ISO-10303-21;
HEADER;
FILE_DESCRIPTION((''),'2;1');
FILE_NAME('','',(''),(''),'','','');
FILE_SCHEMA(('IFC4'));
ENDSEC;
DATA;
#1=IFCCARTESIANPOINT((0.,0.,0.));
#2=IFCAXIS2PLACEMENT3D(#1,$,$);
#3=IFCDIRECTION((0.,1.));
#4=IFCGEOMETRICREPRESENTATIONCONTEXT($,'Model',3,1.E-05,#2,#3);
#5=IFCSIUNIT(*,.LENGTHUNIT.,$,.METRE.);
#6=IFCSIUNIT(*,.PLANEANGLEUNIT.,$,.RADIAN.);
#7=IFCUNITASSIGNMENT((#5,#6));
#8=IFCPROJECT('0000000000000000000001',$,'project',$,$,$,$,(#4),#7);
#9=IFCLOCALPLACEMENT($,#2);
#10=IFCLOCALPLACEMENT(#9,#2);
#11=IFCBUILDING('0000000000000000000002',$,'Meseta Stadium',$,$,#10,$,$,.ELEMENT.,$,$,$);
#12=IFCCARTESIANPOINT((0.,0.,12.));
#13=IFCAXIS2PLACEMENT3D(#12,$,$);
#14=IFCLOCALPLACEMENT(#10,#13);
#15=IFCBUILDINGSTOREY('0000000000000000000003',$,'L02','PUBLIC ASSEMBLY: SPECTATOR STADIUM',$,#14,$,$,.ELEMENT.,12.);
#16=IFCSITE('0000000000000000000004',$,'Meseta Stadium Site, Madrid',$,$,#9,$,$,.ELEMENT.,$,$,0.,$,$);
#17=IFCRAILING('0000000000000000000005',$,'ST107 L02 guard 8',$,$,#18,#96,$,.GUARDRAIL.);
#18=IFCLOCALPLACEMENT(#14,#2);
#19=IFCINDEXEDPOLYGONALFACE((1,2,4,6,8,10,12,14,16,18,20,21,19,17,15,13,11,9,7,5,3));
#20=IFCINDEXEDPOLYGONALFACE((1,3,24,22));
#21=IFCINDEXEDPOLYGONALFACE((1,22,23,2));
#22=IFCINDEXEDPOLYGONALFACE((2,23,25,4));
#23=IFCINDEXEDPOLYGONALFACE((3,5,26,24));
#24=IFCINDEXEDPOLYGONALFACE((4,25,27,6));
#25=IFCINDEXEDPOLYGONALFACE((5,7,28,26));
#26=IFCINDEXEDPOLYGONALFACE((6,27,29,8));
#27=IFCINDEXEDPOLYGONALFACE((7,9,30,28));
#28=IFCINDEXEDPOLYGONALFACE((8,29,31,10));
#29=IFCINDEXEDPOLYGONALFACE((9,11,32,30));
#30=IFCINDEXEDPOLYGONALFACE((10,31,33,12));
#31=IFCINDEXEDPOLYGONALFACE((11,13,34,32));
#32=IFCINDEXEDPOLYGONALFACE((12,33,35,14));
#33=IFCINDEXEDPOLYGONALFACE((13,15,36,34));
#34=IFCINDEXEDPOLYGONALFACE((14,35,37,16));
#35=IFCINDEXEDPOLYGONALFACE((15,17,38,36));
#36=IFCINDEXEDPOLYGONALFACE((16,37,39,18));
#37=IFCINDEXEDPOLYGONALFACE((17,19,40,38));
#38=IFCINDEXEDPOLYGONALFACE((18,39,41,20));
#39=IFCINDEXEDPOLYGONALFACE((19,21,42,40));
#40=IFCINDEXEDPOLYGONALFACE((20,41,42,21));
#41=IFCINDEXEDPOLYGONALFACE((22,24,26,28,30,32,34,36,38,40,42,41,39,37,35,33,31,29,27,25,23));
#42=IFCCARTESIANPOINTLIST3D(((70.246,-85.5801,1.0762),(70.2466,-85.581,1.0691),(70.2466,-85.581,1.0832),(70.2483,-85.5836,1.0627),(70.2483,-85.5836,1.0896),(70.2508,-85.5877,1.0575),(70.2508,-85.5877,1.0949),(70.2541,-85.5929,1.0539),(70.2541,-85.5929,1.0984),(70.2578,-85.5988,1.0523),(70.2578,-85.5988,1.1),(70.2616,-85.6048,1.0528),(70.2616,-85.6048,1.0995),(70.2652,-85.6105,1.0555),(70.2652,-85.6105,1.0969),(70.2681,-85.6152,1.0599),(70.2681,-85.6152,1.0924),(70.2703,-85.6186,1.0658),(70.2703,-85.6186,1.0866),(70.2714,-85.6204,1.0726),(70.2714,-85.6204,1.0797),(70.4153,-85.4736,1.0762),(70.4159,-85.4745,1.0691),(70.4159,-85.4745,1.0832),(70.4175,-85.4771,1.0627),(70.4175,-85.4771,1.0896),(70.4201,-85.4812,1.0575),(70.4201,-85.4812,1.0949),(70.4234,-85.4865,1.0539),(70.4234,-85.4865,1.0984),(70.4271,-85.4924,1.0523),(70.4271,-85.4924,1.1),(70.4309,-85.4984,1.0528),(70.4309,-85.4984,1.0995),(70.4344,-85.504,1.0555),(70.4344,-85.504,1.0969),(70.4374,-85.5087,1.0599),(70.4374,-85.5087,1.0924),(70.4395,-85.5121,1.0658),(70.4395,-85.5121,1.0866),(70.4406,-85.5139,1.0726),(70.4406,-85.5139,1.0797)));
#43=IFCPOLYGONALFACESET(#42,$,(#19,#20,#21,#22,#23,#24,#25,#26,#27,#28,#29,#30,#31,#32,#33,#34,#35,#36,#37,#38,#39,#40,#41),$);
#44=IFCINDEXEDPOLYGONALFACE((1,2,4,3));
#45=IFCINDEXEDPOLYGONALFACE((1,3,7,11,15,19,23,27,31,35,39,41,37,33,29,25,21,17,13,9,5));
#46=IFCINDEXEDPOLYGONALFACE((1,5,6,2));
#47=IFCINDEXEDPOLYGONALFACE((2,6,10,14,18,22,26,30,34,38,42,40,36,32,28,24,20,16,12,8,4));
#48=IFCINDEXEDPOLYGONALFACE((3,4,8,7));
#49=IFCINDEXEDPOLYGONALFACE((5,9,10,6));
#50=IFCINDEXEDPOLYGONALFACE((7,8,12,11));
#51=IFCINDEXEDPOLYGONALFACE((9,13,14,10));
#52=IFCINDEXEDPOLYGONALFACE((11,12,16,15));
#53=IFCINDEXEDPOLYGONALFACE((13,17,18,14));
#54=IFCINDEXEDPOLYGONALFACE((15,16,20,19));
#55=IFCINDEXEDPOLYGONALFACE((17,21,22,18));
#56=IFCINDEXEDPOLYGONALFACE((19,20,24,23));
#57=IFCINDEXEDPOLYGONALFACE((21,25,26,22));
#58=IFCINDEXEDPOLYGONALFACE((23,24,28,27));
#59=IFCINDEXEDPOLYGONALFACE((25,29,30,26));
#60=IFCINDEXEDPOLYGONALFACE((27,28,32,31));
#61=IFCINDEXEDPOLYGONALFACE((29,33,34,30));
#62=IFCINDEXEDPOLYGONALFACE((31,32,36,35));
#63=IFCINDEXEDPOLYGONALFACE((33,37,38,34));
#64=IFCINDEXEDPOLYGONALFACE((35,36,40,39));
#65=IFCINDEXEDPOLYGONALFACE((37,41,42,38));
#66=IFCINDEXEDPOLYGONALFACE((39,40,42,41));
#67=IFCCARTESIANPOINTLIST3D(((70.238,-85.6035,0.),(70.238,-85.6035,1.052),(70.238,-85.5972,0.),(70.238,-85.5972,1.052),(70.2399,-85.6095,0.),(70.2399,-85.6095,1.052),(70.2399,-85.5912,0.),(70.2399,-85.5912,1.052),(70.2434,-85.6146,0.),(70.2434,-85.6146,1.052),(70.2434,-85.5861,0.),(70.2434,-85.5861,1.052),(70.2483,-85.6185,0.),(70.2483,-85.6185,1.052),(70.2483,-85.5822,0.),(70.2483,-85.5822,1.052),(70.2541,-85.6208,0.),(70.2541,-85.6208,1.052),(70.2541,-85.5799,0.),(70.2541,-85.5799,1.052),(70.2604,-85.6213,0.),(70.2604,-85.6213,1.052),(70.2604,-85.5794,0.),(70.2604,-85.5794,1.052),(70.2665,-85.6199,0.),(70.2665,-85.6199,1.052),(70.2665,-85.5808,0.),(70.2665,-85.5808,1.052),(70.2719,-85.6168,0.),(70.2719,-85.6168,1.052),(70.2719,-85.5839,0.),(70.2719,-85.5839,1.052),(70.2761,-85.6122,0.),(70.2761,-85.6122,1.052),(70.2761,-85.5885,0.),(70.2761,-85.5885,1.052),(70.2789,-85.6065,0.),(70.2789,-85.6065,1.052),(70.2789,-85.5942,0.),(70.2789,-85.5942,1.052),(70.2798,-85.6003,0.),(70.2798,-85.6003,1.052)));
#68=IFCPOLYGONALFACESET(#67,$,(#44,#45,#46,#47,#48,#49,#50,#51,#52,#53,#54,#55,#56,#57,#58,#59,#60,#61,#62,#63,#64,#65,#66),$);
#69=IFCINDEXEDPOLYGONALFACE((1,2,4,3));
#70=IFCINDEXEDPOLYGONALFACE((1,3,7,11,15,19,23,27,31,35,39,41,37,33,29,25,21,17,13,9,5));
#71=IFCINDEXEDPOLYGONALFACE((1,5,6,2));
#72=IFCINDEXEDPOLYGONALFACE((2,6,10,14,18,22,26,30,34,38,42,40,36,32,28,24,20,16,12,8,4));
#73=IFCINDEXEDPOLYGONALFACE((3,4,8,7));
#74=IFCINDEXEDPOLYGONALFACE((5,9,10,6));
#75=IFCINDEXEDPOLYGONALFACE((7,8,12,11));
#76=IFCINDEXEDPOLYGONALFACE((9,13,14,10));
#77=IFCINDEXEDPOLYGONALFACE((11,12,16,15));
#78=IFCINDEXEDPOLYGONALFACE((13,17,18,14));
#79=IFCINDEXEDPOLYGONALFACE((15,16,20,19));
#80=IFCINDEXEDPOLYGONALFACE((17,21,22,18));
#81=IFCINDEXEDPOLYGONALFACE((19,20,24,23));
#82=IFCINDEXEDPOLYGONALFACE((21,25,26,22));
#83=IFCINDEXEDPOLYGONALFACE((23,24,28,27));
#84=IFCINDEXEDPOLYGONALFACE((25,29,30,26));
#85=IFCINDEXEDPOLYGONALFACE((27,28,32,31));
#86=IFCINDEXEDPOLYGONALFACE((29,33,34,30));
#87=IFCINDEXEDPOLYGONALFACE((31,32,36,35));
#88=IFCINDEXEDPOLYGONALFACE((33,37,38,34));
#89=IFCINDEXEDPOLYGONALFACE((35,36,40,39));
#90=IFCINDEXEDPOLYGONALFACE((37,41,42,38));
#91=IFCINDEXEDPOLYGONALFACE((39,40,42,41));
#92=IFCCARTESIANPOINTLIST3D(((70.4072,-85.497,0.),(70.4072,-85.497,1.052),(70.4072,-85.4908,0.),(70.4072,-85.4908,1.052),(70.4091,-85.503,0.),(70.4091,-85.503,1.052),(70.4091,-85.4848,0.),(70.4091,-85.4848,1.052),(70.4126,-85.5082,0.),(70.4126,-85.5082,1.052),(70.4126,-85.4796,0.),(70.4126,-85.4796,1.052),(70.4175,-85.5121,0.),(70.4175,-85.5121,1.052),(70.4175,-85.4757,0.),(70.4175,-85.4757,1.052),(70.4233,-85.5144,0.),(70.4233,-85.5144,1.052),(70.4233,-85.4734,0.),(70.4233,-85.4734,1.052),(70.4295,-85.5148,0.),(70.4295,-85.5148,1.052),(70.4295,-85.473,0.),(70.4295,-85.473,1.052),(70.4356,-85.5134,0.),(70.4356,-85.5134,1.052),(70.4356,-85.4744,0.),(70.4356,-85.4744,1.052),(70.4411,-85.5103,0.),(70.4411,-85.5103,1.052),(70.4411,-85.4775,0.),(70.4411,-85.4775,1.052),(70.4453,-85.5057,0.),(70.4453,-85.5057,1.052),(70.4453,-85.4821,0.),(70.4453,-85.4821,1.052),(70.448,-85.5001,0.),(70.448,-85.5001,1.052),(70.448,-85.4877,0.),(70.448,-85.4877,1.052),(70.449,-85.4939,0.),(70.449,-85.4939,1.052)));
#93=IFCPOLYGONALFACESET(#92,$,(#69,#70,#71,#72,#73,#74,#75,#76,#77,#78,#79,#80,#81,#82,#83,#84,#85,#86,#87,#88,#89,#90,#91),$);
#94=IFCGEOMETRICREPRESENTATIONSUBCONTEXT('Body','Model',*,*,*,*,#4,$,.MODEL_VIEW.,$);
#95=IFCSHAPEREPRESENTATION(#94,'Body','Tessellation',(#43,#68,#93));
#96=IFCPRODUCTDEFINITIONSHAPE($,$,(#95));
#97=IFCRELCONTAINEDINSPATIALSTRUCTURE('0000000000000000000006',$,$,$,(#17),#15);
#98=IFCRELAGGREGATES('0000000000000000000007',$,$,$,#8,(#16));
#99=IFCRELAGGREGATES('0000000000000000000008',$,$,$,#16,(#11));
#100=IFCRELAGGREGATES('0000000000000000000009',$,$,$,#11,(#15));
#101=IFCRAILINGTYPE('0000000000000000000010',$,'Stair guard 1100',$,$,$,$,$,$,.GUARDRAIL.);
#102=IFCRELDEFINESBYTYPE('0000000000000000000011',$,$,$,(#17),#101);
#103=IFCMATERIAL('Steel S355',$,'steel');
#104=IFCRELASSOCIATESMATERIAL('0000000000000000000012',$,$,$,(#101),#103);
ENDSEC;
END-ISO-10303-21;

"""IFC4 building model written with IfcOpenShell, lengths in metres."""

from ifc_helpers import new_model, si_unit, direction, frame, origin, origin_2d, place, context, subcontext, project, spatial, circle, extrude, material, type_object, element, save


model = new_model("IFC4")

# Units and contexts
model_context = context("Model", 3, precision=1e-05, world=origin(), true_north=direction((0.0, 1.0)))
body_context = subcontext(model_context, "Body", "Model", "MODEL_VIEW")
ifc_project = project(units=[si_unit("LENGTHUNIT", "METRE"), si_unit("PLANEANGLEUNIT", "RADIAN")], contexts=[model_context])

# Site, building, storey
site_placement = place(None, origin())
site = spatial("IfcSite", under=ifc_project, at=site_placement, Name="Meseta Stadium Site, Madrid", CompositionType="ELEMENT", RefElevation=0.0)
building_placement = place(site_placement, origin())
building = spatial("IfcBuilding", under=site, at=building_placement, Name="Meseta Stadium", CompositionType="ELEMENT")
storey_placement = place(building_placement, frame((0.0, 0.0, 12.0)))
storey = spatial("IfcBuildingStorey", under=building, at=storey_placement, Name="L02", Description="PUBLIC ASSEMBLY: SPECTATOR STADIUM", CompositionType="ELEMENT", Elevation=12.0)

# Railing
ifc_material_1 = material(Name="Steel S355", Category="steel")
railing_type_1 = type_object("IfcRailingType", Name="Stair guard 1100", PredefinedType="GUARDRAIL", material=ifc_material_1)
railing_1_placement = place(storey_placement, frame((70.2588, -85.6003, 0.0)))
element("IfcRailing", 1, at=railing_1_placement, inside=storey, type_object=railing_type_1, Name="ST107 L02 guard 8", PredefinedType="GUARDRAIL", context=body_context, shape_type="SweptSolid", body=[
    extrude(circle(Radius=0.0239, at=origin_2d()), frame((0.0, 0.0, 1.0762), z_axis=(0.846416, 0.532522, 0.0), x_axis=(-0.532522, 0.846416, 0.0)), (0.0, 0.0, 1.0), 0.2),
    extrude(circle(Radius=0.021, at=origin_2d()), origin(), (0.0, 0.0, 1.0), 1.052),
    extrude(circle(Radius=0.021, at=origin_2d()), frame((0.1692, 0.1064, 0.0)), (0.0, 0.0, 1.0), 1.052),
])

save(model, "model.ifc")
